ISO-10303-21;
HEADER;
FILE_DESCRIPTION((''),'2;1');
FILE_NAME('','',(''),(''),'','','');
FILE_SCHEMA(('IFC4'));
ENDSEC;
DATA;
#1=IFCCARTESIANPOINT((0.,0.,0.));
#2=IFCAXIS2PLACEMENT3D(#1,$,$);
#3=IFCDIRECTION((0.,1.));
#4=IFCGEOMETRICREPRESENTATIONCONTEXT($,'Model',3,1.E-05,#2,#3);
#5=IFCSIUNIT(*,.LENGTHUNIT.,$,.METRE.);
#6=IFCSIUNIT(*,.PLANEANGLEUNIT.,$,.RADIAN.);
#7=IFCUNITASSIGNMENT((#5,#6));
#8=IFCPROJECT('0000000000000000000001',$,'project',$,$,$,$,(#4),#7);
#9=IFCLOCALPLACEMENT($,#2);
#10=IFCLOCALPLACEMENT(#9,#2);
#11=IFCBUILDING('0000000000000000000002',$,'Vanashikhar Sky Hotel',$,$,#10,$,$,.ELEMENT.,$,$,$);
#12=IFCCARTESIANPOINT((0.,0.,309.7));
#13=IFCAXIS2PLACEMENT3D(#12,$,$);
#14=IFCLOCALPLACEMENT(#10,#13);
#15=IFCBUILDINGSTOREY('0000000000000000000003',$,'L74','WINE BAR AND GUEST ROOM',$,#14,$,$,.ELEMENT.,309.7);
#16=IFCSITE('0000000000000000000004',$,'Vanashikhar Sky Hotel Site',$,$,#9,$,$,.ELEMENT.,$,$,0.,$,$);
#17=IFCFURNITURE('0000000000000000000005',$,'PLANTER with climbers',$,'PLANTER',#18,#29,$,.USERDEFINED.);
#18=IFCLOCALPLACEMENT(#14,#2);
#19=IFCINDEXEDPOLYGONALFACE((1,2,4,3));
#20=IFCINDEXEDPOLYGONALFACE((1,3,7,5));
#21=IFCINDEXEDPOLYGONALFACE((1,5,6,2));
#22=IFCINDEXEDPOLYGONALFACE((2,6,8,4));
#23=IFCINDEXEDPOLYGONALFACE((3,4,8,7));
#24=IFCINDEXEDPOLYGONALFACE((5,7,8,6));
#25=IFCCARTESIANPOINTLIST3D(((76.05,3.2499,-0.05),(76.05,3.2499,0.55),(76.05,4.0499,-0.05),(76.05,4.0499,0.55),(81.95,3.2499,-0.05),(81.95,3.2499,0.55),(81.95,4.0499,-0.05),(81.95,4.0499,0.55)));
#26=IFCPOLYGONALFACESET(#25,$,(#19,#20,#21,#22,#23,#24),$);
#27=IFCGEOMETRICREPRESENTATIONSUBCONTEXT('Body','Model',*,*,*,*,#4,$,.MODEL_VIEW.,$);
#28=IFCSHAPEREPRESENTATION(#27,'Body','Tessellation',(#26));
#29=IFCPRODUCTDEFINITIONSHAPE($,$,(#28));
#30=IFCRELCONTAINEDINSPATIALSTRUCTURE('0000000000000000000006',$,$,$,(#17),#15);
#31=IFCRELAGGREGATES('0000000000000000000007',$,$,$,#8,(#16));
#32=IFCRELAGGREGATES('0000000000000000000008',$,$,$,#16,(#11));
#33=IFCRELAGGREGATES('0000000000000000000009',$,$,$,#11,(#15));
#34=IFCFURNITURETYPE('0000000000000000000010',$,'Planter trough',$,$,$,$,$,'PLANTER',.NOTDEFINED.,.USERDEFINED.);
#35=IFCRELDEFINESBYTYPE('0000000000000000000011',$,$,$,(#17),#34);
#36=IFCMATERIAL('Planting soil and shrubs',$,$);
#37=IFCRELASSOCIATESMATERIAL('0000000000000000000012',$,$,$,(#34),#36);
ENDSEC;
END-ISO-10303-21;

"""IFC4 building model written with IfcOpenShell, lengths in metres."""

from ifc_helpers import new_model, si_unit, direction, frame, origin, origin_2d, place, context, subcontext, project, spatial, rectangle, extrude, source, transform, mapped, material, type_object, element, save


model = new_model("IFC4")

# Units and contexts
model_context = context("Model", 3, precision=1e-05, world=origin(), true_north=direction((0.0, 1.0)))
body_context = subcontext(model_context, "Body", "Model", "MODEL_VIEW")
ifc_project = project(units=[si_unit("LENGTHUNIT", "METRE"), si_unit("PLANEANGLEUNIT", "RADIAN")], contexts=[model_context])

# Site, building, storey
site_placement = place(None, origin())
site = spatial("IfcSite", under=ifc_project, at=site_placement, Name="Vanashikhar Sky Hotel Site", CompositionType="ELEMENT", RefElevation=0.0)
building_placement = place(site_placement, origin())
building = spatial("IfcBuilding", under=site, at=building_placement, Name="Vanashikhar Sky Hotel", CompositionType="ELEMENT")
storey_placement = place(building_placement, frame((0.0, 0.0, 309.7)))
storey = spatial("IfcBuildingStorey", under=building, at=storey_placement, Name="L74", Description="WINE BAR AND GUEST ROOM", CompositionType="ELEMENT", Elevation=309.7)

# Furniture
ifc_material_1 = material(Name="Planting soil and shrubs")
furniture_type = type_object("IfcFurnitureType", Name="Planter trough", ElementType="PLANTER", AssemblyPlace="NOTDEFINED", PredefinedType="USERDEFINED", material=ifc_material_1)
shared_shape_1 = source(origin(), body_context, "Body", "SweptSolid", [
    extrude(rectangle(XDim=5.8999, YDim=0.8, at=origin_2d()), origin(), (0.0, 0.0, 1.0), 0.6001),
])
furniture_placement = place(storey_placement, frame((79.0, 3.6499, -0.05), z_axis=(0.0, 0.0, 1.0), x_axis=(1.0, 0.0, 0.0)))
element("IfcFurniture", 1, at=furniture_placement, inside=storey, type_object=furniture_type, Name="PLANTER with climbers", ObjectType="PLANTER", PredefinedType="USERDEFINED", context=body_context, shape_type="MappedRepresentation", body=[
    mapped(shared_shape_1, transform((0.0, 0.0, 0.0), scale=1.0)),
])

save(model, "model.ifc")
